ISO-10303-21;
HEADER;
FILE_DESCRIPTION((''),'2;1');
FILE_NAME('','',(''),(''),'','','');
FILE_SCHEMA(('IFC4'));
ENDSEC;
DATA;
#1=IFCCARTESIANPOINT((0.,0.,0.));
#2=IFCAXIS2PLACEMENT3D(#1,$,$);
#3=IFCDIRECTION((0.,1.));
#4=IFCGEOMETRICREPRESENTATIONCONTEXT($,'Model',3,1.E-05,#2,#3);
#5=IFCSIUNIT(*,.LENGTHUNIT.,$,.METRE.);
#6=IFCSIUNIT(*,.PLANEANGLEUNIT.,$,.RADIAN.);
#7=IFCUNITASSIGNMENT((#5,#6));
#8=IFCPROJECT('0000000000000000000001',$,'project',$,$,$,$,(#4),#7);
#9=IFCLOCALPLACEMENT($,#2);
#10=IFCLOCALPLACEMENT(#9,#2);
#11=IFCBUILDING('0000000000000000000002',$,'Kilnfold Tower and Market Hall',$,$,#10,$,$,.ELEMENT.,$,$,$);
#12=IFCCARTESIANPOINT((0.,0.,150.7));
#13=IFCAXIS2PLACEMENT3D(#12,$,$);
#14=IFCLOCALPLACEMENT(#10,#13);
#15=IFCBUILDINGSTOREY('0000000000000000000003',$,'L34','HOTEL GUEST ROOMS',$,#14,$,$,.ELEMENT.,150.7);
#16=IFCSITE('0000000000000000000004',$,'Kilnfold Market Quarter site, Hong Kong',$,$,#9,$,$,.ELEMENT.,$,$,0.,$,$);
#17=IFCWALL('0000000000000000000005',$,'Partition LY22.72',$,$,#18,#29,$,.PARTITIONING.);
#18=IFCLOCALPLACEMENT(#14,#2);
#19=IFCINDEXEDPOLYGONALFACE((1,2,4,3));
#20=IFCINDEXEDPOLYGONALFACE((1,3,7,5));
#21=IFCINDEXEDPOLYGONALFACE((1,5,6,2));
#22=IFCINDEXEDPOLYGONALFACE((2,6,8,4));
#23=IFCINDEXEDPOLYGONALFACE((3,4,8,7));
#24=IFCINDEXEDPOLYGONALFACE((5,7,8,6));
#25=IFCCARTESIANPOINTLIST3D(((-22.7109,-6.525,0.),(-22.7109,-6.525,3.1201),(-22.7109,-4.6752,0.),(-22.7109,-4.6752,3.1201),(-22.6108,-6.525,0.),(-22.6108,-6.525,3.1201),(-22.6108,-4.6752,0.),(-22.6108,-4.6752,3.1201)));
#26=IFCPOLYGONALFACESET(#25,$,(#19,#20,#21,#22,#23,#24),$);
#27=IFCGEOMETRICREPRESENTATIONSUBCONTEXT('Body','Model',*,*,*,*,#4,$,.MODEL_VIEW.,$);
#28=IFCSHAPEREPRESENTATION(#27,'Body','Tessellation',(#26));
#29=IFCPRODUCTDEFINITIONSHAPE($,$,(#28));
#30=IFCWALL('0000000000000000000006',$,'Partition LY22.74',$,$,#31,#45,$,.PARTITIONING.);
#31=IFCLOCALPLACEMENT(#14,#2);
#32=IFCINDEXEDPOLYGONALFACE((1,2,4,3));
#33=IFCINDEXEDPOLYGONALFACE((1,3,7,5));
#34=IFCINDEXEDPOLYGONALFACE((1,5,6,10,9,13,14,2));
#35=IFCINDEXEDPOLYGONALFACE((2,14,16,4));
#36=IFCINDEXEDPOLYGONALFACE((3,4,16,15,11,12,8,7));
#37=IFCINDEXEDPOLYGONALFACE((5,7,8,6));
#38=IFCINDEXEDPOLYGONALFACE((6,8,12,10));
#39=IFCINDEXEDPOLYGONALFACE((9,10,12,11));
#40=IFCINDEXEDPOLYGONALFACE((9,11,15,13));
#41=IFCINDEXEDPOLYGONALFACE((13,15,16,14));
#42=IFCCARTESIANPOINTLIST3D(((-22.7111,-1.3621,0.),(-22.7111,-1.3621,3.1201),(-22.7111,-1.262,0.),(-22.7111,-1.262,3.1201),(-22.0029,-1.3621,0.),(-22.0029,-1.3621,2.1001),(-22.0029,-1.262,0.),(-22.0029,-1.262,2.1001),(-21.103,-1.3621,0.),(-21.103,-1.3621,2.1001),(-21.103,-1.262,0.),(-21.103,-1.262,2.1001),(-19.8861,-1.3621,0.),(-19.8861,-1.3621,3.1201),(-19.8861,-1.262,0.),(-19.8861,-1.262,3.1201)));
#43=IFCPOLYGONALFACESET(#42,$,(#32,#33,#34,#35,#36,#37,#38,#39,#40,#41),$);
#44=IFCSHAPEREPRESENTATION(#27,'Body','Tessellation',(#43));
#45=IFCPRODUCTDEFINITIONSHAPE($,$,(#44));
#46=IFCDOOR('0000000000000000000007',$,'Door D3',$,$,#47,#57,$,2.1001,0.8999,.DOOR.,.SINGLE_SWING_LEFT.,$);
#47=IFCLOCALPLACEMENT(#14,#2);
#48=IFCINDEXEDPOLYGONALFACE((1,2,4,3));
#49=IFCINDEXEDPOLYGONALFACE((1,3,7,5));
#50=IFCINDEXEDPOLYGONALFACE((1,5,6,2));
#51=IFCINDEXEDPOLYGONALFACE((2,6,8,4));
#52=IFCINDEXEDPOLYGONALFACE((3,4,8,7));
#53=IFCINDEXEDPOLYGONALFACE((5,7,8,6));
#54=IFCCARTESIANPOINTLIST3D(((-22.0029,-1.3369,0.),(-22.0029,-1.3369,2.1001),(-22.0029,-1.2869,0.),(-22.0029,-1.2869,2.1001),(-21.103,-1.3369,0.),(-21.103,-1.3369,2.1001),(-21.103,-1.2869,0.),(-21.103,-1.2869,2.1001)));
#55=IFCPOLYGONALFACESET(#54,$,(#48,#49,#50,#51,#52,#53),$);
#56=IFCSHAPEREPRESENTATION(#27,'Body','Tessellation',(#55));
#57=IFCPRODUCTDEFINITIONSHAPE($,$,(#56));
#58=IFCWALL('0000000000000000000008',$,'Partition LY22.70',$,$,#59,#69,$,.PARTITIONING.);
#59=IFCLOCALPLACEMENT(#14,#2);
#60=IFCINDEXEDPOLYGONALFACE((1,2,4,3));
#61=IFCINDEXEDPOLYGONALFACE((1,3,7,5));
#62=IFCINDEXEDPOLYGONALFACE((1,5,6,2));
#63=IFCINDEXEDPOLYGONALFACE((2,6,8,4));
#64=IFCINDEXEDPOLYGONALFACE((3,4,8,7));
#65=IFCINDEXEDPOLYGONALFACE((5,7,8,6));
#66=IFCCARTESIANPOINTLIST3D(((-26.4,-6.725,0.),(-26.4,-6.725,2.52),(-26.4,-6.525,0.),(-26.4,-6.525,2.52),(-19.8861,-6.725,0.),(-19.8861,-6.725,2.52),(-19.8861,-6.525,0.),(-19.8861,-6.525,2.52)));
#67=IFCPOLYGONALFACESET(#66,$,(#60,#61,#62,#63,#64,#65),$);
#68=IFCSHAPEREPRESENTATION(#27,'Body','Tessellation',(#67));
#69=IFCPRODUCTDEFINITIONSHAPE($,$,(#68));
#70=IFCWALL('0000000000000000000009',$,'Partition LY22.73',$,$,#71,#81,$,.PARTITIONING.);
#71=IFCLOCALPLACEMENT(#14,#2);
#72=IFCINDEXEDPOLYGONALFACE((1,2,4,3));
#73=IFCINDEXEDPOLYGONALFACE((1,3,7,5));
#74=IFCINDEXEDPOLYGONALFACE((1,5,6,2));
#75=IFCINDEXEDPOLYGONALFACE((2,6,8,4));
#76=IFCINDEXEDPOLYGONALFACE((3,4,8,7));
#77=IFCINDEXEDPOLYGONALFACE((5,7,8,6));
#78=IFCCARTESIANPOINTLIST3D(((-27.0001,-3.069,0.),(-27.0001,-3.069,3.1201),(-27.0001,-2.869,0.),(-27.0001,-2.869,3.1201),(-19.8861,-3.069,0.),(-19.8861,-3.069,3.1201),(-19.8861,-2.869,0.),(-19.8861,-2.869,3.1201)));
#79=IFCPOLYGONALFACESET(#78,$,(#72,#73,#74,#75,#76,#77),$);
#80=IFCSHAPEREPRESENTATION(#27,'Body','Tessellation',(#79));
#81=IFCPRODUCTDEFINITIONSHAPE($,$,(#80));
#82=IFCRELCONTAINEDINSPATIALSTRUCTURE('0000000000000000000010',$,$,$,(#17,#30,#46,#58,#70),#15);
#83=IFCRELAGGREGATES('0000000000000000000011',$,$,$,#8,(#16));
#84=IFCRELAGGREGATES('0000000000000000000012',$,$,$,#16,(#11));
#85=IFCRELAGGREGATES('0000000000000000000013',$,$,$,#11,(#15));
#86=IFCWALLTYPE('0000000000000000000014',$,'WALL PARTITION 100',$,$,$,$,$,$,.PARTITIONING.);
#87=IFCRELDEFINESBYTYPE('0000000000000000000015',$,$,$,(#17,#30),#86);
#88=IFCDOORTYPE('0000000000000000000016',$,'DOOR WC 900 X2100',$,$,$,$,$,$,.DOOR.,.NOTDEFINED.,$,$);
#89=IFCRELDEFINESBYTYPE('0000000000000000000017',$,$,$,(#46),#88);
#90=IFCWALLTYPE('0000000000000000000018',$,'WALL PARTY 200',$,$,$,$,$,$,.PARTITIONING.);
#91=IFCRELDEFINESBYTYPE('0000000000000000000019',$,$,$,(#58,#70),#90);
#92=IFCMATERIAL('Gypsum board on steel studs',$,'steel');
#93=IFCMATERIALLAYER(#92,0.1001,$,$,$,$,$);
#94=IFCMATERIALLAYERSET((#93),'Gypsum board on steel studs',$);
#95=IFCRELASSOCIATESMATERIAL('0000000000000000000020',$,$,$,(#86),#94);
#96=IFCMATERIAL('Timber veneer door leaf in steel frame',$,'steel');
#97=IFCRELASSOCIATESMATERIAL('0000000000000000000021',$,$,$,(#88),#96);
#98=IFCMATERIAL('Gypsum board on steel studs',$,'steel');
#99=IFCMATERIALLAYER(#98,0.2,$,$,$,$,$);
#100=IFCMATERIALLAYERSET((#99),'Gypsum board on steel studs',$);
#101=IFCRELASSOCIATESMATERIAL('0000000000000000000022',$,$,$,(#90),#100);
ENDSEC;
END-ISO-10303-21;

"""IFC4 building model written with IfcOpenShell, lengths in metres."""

from ifc_helpers import new_model, si_unit, direction, frame, frame_2d, origin, place, context, subcontext, project, spatial, rectangle, extrude, material, layer, layer_set, type_object, element, fill, save


model = new_model("IFC4")

# Units and contexts
model_context = context("Model", 3, precision=1e-05, world=origin(), true_north=direction((0.0, 1.0)))
body_context = subcontext(model_context, "Body", "Model", "MODEL_VIEW")
ifc_project = project(units=[si_unit("LENGTHUNIT", "METRE"), si_unit("PLANEANGLEUNIT", "RADIAN")], contexts=[model_context])

# Site, building, storey
site_placement = place(None, origin())
site = spatial("IfcSite", under=ifc_project, at=site_placement, Name="Kilnfold Market Quarter site, Hong Kong", CompositionType="ELEMENT", RefElevation=0.0)
building_placement = place(site_placement, origin())
building = spatial("IfcBuilding", under=site, at=building_placement, Name="Kilnfold Tower and Market Hall", CompositionType="ELEMENT")
storey_placement = place(building_placement, frame((0.0, 0.0, 150.7)))
storey = spatial("IfcBuildingStorey", under=building, at=storey_placement, Name="L34", Description="HOTEL GUEST ROOMS", CompositionType="ELEMENT", Elevation=150.7)

# Shared definitions
ifc_material_1 = material(Name="Gypsum board on steel studs", Category="steel")
ifc_layer_1 = layer(ifc_material_1, 0.1001)
ifc_layer_set_1 = layer_set([ifc_layer_1], Name="Gypsum board on steel studs")
wall_type_1 = type_object("IfcWallType", Name="WALL PARTITION 100", PredefinedType="PARTITIONING", material=ifc_layer_set_1)
ifc_material_2 = material(Name="Timber veneer door leaf in steel frame", Category="steel")
door_type_1 = type_object("IfcDoorType", Name="DOOR WC 900 X2100", OperationType="NOTDEFINED", PredefinedType="DOOR", material=ifc_material_2)

# Wall
wall_1_placement = place(storey_placement, frame((-22.6609, -6.5249, 0.0), z_axis=(0.0, 0.0, 1.0), x_axis=(0.0, 1.0, 0.0)))
element("IfcWall", 1, at=wall_1_placement, inside=storey, type_object=wall_type_1, Name="Partition LY22.72", PredefinedType="PARTITIONING", context=body_context, shape_type="SweptSolid", body=[
    extrude(rectangle(XDim=1.8499, YDim=0.1001, at=frame_2d((0.9248, 0.0))), origin(), (0.0, 0.0, 1.0), 3.1201),
])

# Wall, opening, door
wall_2_placement = place(storey_placement, frame((-19.886, -1.312, 0.0), z_axis=(0.0, 0.0, 1.0), x_axis=(-1.0, 0.0, 0.0)))
wall_2 = element("IfcWall", 2, at=wall_2_placement, inside=storey, type_object=wall_type_1, Name="Partition LY22.74", PredefinedType="PARTITIONING", context=body_context, shape_type="SweptSolid", body=[
    extrude(rectangle(XDim=2.825, YDim=0.1001, at=frame_2d((1.4126, 0.0))), origin(), (0.0, 0.0, 1.0), 3.1201),
])
opening_1_placement = place(wall_2_placement, frame((1.217, 0.0, 0.0)))
opening_1 = element("IfcOpeningElement", 3, at=opening_1_placement, cuts=wall_2, PredefinedType="OPENING", context=body_context, shape_type="SweptSolid", body=[
    extrude(rectangle(XDim=0.8999, YDim=2.1001, at=frame_2d((0.45, 1.05))), frame((0.0, 0.0601, 0.0), z_axis=(0.0, -1.0, 0.0), x_axis=(1.0, 0.0, 0.0)), (0.0, 0.0, 1.0), 0.1201),
])
door_1_placement = place(opening_1_placement, origin())
door_1 = element("IfcDoor", 4, at=door_1_placement, inside=storey, type_object=door_type_1, Name="Door D3", OperationType="SINGLE_SWING_LEFT", OverallHeight=2.1001, OverallWidth=0.8999, PredefinedType="DOOR", context=body_context, shape_type="SweptSolid", body=[
    extrude(rectangle(XDim=0.8999, YDim=2.1001, at=frame_2d((0.45, 1.05))), frame((0.0, 0.0249, 0.0), z_axis=(0.0, -1.0, 0.0), x_axis=(1.0, 0.0, 0.0)), (0.0, 0.0, 1.0), 0.05),
])
fill(opening_1, door_1)

# Walls
ifc_material_3 = material(Name="Gypsum board on steel studs", Category="steel")
ifc_layer_2 = layer(ifc_material_3, 0.2)
ifc_layer_set_2 = layer_set([ifc_layer_2], Name="Gypsum board on steel studs")
wall_type_2 = type_object("IfcWallType", Name="WALL PARTY 200", PredefinedType="PARTITIONING", material=ifc_layer_set_2)
wall_3_placement = place(storey_placement, frame((-26.3999, -6.625, 0.0), z_axis=(0.0, 0.0, 1.0), x_axis=(1.0, 0.0, 0.0)))
element("IfcWall", 5, at=wall_3_placement, inside=storey, type_object=wall_type_2, Name="Partition LY22.70", PredefinedType="PARTITIONING", context=body_context, shape_type="SweptSolid", body=[
    extrude(rectangle(XDim=6.5139, YDim=0.2, at=frame_2d((3.2568, 0.0))), origin(), (0.0, 0.0, 1.0), 2.52),
])
wall_4_placement = place(storey_placement, frame((-19.886, -2.969, 0.0), z_axis=(0.0, 0.0, 1.0), x_axis=(-1.0, 0.0, 0.0)))
element("IfcWall", 6, at=wall_4_placement, inside=storey, type_object=wall_type_2, Name="Partition LY22.73", PredefinedType="PARTITIONING", context=body_context, shape_type="SweptSolid", body=[
    extrude(rectangle(XDim=7.114, YDim=0.2, at=frame_2d((3.5571, 0.0))), origin(), (0.0, 0.0, 1.0), 3.1201),
])

save(model, "model.ifc")
